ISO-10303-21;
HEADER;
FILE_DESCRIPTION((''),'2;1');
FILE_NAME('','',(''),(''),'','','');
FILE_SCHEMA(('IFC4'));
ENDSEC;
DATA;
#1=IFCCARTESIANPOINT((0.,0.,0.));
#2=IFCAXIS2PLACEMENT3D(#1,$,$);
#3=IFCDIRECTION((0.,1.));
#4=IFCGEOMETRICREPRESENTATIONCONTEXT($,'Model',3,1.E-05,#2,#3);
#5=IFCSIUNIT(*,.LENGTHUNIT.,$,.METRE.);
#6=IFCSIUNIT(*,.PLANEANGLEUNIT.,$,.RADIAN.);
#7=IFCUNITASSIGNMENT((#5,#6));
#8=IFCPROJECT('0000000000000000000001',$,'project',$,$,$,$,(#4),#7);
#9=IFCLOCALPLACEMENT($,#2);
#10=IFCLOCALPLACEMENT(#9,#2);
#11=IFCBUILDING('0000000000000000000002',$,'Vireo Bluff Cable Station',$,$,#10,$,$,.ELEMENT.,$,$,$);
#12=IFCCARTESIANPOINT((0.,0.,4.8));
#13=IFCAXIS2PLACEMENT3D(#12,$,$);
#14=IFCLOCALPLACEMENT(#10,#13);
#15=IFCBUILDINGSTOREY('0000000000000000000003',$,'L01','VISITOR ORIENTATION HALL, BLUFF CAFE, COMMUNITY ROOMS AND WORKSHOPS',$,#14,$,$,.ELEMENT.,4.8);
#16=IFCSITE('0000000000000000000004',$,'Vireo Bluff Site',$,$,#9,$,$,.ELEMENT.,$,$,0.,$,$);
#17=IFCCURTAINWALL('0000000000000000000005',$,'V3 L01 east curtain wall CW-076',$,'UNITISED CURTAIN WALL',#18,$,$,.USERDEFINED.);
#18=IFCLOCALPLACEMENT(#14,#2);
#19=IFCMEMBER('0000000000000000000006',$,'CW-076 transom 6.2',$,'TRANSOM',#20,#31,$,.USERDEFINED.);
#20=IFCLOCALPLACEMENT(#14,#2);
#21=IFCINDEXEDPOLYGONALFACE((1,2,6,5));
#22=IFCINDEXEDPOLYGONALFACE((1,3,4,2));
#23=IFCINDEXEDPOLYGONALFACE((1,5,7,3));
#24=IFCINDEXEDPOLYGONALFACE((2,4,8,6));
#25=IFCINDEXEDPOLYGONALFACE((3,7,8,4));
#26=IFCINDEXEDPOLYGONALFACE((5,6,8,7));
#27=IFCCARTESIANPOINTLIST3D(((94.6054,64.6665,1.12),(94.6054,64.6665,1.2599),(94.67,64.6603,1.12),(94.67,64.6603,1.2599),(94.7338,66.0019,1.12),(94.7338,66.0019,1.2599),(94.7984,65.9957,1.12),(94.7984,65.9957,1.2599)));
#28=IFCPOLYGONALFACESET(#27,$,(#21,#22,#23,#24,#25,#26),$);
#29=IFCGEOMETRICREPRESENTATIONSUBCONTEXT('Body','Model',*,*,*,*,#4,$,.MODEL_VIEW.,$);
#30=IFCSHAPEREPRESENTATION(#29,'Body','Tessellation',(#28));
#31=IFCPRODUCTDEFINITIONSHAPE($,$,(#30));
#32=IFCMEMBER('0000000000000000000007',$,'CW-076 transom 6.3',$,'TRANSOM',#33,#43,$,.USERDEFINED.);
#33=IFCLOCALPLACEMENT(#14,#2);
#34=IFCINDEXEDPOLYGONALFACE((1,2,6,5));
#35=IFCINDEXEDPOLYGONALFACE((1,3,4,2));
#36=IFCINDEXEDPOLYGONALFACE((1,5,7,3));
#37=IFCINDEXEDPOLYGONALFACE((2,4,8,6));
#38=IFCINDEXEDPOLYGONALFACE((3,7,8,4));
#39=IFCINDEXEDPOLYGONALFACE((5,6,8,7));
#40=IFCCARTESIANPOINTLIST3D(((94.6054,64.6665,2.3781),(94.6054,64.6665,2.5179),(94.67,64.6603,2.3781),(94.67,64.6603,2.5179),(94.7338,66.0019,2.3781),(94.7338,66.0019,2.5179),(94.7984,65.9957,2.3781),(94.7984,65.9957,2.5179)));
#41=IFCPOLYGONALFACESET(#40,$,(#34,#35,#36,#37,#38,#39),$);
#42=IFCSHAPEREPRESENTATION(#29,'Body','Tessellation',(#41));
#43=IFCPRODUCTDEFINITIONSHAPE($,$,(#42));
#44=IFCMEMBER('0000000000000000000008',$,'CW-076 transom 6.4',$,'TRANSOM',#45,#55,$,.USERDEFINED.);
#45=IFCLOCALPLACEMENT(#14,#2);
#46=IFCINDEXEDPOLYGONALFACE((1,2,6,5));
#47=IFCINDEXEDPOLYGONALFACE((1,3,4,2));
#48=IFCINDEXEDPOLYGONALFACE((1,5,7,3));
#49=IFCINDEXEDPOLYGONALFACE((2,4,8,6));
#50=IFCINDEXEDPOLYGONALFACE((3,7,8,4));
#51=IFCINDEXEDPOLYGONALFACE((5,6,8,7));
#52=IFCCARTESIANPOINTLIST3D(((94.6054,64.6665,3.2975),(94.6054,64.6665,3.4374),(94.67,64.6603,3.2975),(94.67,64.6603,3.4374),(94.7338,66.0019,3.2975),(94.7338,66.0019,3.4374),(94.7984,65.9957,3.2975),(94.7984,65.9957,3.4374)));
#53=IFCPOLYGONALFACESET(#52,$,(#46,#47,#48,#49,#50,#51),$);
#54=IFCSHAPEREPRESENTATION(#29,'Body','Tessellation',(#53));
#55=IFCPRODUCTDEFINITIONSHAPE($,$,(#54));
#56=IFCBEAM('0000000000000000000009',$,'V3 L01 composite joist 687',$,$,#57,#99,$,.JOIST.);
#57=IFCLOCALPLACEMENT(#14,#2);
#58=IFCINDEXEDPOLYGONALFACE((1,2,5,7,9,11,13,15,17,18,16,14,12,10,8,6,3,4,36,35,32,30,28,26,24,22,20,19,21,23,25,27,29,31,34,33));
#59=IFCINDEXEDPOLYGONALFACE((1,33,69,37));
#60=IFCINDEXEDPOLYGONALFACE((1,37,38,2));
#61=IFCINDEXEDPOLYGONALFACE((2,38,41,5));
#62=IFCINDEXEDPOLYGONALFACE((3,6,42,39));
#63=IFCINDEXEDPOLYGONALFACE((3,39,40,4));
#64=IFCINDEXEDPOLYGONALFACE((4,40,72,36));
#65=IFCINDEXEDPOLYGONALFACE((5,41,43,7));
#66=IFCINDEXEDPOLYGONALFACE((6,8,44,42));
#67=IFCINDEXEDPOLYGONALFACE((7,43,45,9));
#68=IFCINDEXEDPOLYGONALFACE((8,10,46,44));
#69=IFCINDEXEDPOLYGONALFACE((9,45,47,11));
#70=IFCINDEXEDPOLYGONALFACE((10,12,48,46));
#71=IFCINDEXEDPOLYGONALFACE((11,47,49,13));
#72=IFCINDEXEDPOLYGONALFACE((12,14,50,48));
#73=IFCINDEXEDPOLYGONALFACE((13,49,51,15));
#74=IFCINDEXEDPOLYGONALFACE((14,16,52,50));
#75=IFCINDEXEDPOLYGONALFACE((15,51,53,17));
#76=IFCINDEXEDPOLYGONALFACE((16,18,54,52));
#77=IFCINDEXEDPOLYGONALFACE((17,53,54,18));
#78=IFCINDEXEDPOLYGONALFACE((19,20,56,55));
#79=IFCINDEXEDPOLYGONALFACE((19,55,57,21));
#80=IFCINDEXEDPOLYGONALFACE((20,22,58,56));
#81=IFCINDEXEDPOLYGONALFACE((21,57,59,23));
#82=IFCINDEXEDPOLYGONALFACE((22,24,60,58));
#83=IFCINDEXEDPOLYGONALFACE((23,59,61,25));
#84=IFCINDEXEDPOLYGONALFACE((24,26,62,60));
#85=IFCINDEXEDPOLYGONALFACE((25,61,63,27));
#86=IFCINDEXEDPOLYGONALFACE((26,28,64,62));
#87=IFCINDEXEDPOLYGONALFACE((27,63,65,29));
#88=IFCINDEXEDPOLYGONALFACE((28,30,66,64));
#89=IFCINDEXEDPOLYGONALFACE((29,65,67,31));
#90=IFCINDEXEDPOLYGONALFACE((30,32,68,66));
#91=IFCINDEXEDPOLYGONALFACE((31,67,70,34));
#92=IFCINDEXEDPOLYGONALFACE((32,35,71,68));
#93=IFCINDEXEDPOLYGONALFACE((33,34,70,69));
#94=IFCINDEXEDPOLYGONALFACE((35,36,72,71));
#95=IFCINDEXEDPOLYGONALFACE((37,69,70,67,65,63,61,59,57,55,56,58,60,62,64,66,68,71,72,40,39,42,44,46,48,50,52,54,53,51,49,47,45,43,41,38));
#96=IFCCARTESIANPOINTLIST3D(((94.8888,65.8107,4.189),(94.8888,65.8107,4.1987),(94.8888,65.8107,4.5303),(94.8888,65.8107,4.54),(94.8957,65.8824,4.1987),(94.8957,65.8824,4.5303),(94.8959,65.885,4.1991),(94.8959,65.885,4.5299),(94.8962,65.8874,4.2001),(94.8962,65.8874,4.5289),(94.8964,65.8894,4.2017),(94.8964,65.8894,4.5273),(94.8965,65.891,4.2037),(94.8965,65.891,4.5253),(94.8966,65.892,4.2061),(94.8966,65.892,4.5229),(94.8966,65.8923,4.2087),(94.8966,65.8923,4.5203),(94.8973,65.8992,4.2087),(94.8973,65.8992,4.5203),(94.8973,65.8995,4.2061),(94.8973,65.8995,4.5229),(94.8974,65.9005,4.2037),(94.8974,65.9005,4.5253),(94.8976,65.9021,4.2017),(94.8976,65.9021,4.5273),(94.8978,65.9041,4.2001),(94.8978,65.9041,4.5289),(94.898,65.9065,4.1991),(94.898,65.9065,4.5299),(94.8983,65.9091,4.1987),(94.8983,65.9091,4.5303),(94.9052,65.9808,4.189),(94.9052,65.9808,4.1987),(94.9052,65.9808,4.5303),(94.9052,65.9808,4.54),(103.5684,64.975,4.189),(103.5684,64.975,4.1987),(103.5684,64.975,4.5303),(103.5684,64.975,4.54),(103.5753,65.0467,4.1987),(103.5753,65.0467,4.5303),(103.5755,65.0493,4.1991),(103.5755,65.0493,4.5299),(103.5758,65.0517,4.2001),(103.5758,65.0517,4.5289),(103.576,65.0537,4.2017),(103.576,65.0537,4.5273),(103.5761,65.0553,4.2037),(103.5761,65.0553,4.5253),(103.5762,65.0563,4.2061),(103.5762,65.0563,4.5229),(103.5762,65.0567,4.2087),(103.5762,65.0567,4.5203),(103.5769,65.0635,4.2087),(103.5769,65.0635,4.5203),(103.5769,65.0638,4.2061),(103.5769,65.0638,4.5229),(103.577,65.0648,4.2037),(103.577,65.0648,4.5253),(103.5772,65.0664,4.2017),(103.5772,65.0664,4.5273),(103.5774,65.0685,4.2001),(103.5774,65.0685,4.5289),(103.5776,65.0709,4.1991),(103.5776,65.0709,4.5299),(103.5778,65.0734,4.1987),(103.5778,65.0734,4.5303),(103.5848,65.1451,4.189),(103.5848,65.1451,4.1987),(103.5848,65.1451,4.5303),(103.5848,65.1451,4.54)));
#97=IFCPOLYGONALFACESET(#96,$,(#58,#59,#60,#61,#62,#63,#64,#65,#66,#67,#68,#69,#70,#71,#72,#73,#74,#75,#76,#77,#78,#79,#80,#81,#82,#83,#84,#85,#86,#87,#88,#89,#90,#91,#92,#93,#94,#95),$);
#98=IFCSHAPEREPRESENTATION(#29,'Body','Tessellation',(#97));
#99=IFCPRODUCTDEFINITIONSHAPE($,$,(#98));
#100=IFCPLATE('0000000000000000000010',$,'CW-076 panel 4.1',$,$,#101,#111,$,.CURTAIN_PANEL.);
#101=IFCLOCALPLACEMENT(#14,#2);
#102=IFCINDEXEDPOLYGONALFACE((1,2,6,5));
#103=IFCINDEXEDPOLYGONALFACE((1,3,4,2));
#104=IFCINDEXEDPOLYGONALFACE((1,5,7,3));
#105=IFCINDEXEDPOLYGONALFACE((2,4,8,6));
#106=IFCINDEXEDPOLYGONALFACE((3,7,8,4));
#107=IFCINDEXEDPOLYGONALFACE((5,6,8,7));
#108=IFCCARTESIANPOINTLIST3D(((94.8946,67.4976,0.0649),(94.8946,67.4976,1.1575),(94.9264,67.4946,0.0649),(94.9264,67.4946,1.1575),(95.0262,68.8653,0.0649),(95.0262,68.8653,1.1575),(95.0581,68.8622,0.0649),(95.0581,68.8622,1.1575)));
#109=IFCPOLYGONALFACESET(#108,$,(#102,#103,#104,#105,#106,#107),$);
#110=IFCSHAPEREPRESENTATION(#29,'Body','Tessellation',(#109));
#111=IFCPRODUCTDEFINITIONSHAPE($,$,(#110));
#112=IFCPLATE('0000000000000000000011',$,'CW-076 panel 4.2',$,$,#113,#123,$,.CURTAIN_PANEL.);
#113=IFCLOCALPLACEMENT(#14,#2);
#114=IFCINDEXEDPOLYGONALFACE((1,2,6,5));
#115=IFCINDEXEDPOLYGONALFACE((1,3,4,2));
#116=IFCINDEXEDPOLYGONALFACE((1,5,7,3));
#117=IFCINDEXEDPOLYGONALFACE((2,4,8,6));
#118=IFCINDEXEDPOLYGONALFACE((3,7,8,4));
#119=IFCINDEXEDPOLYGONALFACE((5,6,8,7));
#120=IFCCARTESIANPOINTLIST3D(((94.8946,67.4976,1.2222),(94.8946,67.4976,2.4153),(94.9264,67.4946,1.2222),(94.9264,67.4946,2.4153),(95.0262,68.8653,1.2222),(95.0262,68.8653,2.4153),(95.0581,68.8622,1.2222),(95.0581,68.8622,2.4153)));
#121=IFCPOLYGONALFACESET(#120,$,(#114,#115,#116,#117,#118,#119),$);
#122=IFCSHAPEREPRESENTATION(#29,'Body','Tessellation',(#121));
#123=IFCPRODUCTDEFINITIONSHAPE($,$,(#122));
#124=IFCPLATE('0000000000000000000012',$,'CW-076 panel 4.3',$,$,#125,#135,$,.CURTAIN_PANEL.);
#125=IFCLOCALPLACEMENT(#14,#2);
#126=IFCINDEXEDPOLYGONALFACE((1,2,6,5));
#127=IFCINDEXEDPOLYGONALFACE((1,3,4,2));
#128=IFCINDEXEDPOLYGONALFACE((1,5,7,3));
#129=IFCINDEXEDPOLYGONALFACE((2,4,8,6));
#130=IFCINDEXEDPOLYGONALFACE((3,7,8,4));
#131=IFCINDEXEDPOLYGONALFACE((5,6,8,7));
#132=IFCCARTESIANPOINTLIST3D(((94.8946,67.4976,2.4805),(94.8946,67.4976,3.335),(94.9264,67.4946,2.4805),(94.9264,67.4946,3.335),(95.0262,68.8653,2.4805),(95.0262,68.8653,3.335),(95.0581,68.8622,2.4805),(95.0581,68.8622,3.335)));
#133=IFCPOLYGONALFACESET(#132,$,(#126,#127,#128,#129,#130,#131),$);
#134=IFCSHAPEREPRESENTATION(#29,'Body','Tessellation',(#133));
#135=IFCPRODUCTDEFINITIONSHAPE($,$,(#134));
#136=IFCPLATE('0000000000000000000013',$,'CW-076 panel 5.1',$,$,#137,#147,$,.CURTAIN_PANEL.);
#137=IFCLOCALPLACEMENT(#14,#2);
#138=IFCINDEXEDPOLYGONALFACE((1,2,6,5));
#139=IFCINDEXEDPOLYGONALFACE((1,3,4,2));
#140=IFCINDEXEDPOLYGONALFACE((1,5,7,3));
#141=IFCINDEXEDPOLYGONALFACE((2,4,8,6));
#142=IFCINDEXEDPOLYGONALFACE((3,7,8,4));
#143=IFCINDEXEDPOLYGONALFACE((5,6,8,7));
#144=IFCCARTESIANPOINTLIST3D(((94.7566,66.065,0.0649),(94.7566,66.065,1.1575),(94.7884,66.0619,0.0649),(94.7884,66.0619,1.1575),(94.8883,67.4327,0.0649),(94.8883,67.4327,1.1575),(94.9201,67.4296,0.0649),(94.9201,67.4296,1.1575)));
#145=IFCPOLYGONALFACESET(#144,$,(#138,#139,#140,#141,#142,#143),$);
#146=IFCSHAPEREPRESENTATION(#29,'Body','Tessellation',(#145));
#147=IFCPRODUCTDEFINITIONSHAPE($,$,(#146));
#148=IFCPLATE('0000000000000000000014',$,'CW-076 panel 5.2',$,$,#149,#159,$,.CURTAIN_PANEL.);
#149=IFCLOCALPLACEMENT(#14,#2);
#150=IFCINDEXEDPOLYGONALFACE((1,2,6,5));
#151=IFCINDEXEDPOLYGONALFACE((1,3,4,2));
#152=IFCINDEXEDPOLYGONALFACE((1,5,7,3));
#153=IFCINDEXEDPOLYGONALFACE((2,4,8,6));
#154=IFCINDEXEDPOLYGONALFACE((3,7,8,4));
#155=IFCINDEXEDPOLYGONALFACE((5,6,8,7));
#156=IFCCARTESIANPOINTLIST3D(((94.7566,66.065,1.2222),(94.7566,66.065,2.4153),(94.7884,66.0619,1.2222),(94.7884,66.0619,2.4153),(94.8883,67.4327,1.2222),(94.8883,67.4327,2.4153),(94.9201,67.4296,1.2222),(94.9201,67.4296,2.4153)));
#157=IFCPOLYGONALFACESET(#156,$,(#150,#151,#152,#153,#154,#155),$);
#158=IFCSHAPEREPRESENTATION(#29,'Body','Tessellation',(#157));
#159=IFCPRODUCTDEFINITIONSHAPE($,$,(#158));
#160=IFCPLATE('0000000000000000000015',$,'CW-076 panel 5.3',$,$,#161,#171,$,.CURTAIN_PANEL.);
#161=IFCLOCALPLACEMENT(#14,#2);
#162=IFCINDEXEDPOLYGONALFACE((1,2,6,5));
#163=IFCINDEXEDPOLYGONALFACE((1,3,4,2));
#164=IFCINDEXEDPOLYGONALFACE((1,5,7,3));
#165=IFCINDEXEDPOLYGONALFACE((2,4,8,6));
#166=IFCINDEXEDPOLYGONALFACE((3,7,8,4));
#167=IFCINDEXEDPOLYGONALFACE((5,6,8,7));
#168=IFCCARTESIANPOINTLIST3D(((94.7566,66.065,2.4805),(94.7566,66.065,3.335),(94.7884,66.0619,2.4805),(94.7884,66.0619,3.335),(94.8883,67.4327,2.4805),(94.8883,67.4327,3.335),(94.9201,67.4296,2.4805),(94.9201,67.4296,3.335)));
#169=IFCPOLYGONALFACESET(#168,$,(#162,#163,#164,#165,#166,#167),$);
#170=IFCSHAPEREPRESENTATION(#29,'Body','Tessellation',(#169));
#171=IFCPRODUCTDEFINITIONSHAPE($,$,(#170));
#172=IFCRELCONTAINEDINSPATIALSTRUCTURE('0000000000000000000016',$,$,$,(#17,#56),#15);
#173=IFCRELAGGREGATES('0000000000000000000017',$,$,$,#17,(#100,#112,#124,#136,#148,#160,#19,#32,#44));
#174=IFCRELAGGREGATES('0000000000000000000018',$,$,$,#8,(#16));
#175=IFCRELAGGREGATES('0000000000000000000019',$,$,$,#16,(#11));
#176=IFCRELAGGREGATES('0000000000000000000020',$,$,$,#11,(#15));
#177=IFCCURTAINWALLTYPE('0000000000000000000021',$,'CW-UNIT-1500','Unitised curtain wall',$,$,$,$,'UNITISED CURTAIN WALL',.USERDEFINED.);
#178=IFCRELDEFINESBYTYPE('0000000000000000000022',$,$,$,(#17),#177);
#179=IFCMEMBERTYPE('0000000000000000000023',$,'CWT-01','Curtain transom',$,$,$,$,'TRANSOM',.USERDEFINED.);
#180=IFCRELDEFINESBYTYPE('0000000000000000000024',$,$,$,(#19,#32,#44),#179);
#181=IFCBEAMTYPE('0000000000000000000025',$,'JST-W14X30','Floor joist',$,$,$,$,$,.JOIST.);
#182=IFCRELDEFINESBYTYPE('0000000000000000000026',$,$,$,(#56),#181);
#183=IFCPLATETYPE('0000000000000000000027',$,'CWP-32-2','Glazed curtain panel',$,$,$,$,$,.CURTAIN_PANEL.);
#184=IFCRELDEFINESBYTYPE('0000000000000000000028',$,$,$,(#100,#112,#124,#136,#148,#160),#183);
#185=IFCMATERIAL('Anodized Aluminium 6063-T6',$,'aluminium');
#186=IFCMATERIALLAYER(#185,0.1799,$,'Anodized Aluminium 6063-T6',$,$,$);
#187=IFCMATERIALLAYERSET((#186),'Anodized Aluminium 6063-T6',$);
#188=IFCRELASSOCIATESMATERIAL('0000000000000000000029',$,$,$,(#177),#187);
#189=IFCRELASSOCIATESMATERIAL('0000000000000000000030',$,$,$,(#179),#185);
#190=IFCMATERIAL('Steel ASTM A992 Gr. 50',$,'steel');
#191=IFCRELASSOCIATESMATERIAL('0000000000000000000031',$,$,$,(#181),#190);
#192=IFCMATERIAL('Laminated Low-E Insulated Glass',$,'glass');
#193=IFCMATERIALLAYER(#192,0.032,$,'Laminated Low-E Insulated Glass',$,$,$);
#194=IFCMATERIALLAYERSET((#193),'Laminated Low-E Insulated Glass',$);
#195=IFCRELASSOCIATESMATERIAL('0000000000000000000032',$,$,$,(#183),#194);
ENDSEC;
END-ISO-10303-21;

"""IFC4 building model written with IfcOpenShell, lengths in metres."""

from ifc_helpers import new_model, si_unit, direction, frame, origin, origin_2d, place, context, subcontext, project, spatial, rectangle, i_section, extrude, material, layer, layer_set, material_profile, profile_set, type_object, element, aggregate, save


model = new_model("IFC4")

# Units and contexts
model_context = context("Model", 3, precision=1e-05, world=origin(), true_north=direction((0.0, 1.0)))
body_context = subcontext(model_context, "Body", "Model", "MODEL_VIEW")
ifc_project = project(units=[si_unit("LENGTHUNIT", "METRE"), si_unit("PLANEANGLEUNIT", "RADIAN")], contexts=[model_context])

# Site, building, storey
site_placement = place(None, origin())
site = spatial("IfcSite", under=ifc_project, at=site_placement, Name="Vireo Bluff Site", CompositionType="ELEMENT", RefElevation=0.0)
building_placement = place(site_placement, origin())
building = spatial("IfcBuilding", under=site, at=building_placement, Name="Vireo Bluff Cable Station", CompositionType="ELEMENT")
storey_placement = place(building_placement, frame((0.0, 0.0, 4.8)))
storey = spatial("IfcBuildingStorey", under=building, at=storey_placement, Name="L01", Description="VISITOR ORIENTATION HALL, BLUFF CAFE, COMMUNITY ROOMS AND WORKSHOPS", CompositionType="ELEMENT", Elevation=4.8)

# Shared definitions
ifc_material_1 = material(Name="Steel ASTM A992 Gr. 50", Category="steel")

# Curtain wall, members
ifc_material_2 = material(Name="Anodized Aluminium 6063-T6", Category="aluminium")
ifc_layer_1 = layer(ifc_material_2, 0.1799, Name="Anodized Aluminium 6063-T6")
ifc_layer_set_1 = layer_set([ifc_layer_1], Name="Anodized Aluminium 6063-T6")
curtain_wall_type = type_object("IfcCurtainWallType", Name="CW-UNIT-1500", Description="Unitised curtain wall", ElementType="UNITISED CURTAIN WALL", PredefinedType="USERDEFINED", material=ifc_layer_set_1)
curtain_wall_placement = place(storey_placement, origin())
curtain_wall = element("IfcCurtainWall", 1, at=curtain_wall_placement, inside=storey, type_object=curtain_wall_type, Name="V3 L01 east curtain wall CW-076", ObjectType="UNITISED CURTAIN WALL", PredefinedType="USERDEFINED")
ifc_material_profile_1 = material_profile(ifc_material_2, rectangle(XDim=0.0649, YDim=0.1399, at=origin_2d()), Name="ALU-T-65X140")
ifc_profile_set_1 = profile_set([ifc_material_profile_1], Name="Anodized Aluminium 6063-T6")
member_type_1 = type_object("IfcMemberType", Name="CWT-01", Description="Curtain transom", ElementType="TRANSOM", PredefinedType="USERDEFINED", material=ifc_profile_set_1)
member_1_placement = place(storey_placement, frame((94.7661, 65.9988, 1.1899), z_axis=(-0.095719, -0.995408, 0.0), x_axis=(0.995408, -0.095719, 0.0)))
member_1 = element("IfcMember", 2, at=member_1_placement, type_object=member_type_1, Name="CW-076 transom 6.2", ObjectType="TRANSOM", PredefinedType="USERDEFINED", context=body_context, shape_type="SweptSolid", body=[
    extrude(rectangle(XDim=0.0649, YDim=0.1399, at=origin_2d()), origin(), (0.0, 0.0, 1.0), 1.3416),
])
member_2_placement = place(storey_placement, frame((94.7661, 65.9988, 2.448), z_axis=(-0.095719, -0.995408, 0.0), x_axis=(0.995408, -0.095719, 0.0)))
member_2 = element("IfcMember", 3, at=member_2_placement, type_object=member_type_1, Name="CW-076 transom 6.3", ObjectType="TRANSOM", PredefinedType="USERDEFINED", context=body_context, shape_type="SweptSolid", body=[
    extrude(rectangle(XDim=0.0649, YDim=0.1399, at=origin_2d()), origin(), (0.0, 0.0, 1.0), 1.3416),
])
member_3_placement = place(storey_placement, frame((94.7661, 65.9988, 3.3674), z_axis=(-0.095719, -0.995408, 0.0), x_axis=(0.995408, -0.095719, 0.0)))
member_3 = element("IfcMember", 4, at=member_3_placement, type_object=member_type_1, Name="CW-076 transom 6.4", ObjectType="TRANSOM", PredefinedType="USERDEFINED", context=body_context, shape_type="SweptSolid", body=[
    extrude(rectangle(XDim=0.0649, YDim=0.1399, at=origin_2d()), origin(), (0.0, 0.0, 1.0), 1.3416),
])

# Beam
ifc_material_profile_2 = material_profile(ifc_material_1, i_section(OverallWidth=0.1709, OverallDepth=0.3511, WebThickness=0.0068, FlangeThickness=0.0098, FilletRadius=0.01, at=origin_2d()), Name="W14X30")
ifc_profile_set_2 = profile_set([ifc_material_profile_2], Name="Steel ASTM A992 Gr. 50")
beam_type = type_object("IfcBeamType", Name="JST-W14X30", Description="Floor joist", PredefinedType="JOIST", material=ifc_profile_set_2)
beam_placement = place(storey_placement, frame((94.897, 65.8958, 4.3645), z_axis=(0.995397, -0.095838, 0.0), x_axis=(0.095838, 0.995397, 0.0)))
element("IfcBeam", 5, at=beam_placement, inside=storey, type_object=beam_type, Name="V3 L01 composite joist 687", PredefinedType="JOIST", context=body_context, shape_type="SweptSolid", body=[
    extrude(i_section(OverallWidth=0.1709, OverallDepth=0.3511, WebThickness=0.0068, FlangeThickness=0.0098, FilletRadius=0.01, at=origin_2d()), origin(), (0.0, 0.0, 1.0), 8.7197),
])

# Plates
ifc_material_3 = material(Name="Laminated Low-E Insulated Glass", Category="glass")
ifc_layer_2 = layer(ifc_material_3, 0.032, Name="Laminated Low-E Insulated Glass")
ifc_layer_set_2 = layer_set([ifc_layer_2], Name="Laminated Low-E Insulated Glass")
plate_type = type_object("IfcPlateType", Name="CWP-32-2", Description="Glazed curtain panel", PredefinedType="CURTAIN_PANEL", material=ifc_layer_set_2)
plate_1_placement = place(storey_placement, frame((94.9763, 68.1799, 0.0649), z_axis=(0.0, 0.0, 1.0), x_axis=(-0.095846, -0.995396, 0.0)))
plate_1 = element("IfcPlate", 6, at=plate_1_placement, type_object=plate_type, Name="CW-076 panel 4.1", PredefinedType="CURTAIN_PANEL", context=body_context, shape_type="SweptSolid", body=[
    extrude(rectangle(XDim=1.374, YDim=0.032, at=origin_2d()), origin(), (0.0, 0.0, 1.0), 1.0925),
])
plate_2_placement = place(storey_placement, frame((94.9763, 68.1799, 1.2222), z_axis=(0.0, 0.0, 1.0), x_axis=(-0.095846, -0.995396, 0.0)))
plate_2 = element("IfcPlate", 7, at=plate_2_placement, type_object=plate_type, Name="CW-076 panel 4.2", PredefinedType="CURTAIN_PANEL", context=body_context, shape_type="SweptSolid", body=[
    extrude(rectangle(XDim=1.374, YDim=0.032, at=origin_2d()), origin(), (0.0, 0.0, 1.0), 1.1931),
])
plate_3_placement = place(storey_placement, frame((94.9763, 68.1799, 2.4805), z_axis=(0.0, 0.0, 1.0), x_axis=(-0.095846, -0.995396, 0.0)))
plate_3 = element("IfcPlate", 8, at=plate_3_placement, type_object=plate_type, Name="CW-076 panel 4.3", PredefinedType="CURTAIN_PANEL", context=body_context, shape_type="SweptSolid", body=[
    extrude(rectangle(XDim=1.374, YDim=0.032, at=origin_2d()), origin(), (0.0, 0.0, 1.0), 0.8545),
])
plate_4_placement = place(storey_placement, frame((94.8384, 66.7473, 0.0649), z_axis=(0.0, 0.0, 1.0), x_axis=(-0.095846, -0.995396, 0.0)))
plate_4 = element("IfcPlate", 9, at=plate_4_placement, type_object=plate_type, Name="CW-076 panel 5.1", PredefinedType="CURTAIN_PANEL", context=body_context, shape_type="SweptSolid", body=[
    extrude(rectangle(XDim=1.374, YDim=0.032, at=origin_2d()), origin(), (0.0, 0.0, 1.0), 1.0925),
])
plate_5_placement = place(storey_placement, frame((94.8384, 66.7473, 1.2222), z_axis=(0.0, 0.0, 1.0), x_axis=(-0.095846, -0.995396, 0.0)))
plate_5 = element("IfcPlate", 10, at=plate_5_placement, type_object=plate_type, Name="CW-076 panel 5.2", PredefinedType="CURTAIN_PANEL", context=body_context, shape_type="SweptSolid", body=[
    extrude(rectangle(XDim=1.374, YDim=0.032, at=origin_2d()), origin(), (0.0, 0.0, 1.0), 1.1931),
])
plate_6_placement = place(storey_placement, frame((94.8384, 66.7473, 2.4805), z_axis=(0.0, 0.0, 1.0), x_axis=(-0.095846, -0.995396, 0.0)))
plate_6 = element("IfcPlate", 11, at=plate_6_placement, type_object=plate_type, Name="CW-076 panel 5.3", PredefinedType="CURTAIN_PANEL", context=body_context, shape_type="SweptSolid", body=[
    extrude(rectangle(XDim=1.374, YDim=0.032, at=origin_2d()), origin(), (0.0, 0.0, 1.0), 0.8545),
])
aggregate(curtain_wall, [plate_1, plate_2, plate_3, plate_4, plate_5, plate_6, member_1, member_2, member_3])

save(model, "model.ifc")
